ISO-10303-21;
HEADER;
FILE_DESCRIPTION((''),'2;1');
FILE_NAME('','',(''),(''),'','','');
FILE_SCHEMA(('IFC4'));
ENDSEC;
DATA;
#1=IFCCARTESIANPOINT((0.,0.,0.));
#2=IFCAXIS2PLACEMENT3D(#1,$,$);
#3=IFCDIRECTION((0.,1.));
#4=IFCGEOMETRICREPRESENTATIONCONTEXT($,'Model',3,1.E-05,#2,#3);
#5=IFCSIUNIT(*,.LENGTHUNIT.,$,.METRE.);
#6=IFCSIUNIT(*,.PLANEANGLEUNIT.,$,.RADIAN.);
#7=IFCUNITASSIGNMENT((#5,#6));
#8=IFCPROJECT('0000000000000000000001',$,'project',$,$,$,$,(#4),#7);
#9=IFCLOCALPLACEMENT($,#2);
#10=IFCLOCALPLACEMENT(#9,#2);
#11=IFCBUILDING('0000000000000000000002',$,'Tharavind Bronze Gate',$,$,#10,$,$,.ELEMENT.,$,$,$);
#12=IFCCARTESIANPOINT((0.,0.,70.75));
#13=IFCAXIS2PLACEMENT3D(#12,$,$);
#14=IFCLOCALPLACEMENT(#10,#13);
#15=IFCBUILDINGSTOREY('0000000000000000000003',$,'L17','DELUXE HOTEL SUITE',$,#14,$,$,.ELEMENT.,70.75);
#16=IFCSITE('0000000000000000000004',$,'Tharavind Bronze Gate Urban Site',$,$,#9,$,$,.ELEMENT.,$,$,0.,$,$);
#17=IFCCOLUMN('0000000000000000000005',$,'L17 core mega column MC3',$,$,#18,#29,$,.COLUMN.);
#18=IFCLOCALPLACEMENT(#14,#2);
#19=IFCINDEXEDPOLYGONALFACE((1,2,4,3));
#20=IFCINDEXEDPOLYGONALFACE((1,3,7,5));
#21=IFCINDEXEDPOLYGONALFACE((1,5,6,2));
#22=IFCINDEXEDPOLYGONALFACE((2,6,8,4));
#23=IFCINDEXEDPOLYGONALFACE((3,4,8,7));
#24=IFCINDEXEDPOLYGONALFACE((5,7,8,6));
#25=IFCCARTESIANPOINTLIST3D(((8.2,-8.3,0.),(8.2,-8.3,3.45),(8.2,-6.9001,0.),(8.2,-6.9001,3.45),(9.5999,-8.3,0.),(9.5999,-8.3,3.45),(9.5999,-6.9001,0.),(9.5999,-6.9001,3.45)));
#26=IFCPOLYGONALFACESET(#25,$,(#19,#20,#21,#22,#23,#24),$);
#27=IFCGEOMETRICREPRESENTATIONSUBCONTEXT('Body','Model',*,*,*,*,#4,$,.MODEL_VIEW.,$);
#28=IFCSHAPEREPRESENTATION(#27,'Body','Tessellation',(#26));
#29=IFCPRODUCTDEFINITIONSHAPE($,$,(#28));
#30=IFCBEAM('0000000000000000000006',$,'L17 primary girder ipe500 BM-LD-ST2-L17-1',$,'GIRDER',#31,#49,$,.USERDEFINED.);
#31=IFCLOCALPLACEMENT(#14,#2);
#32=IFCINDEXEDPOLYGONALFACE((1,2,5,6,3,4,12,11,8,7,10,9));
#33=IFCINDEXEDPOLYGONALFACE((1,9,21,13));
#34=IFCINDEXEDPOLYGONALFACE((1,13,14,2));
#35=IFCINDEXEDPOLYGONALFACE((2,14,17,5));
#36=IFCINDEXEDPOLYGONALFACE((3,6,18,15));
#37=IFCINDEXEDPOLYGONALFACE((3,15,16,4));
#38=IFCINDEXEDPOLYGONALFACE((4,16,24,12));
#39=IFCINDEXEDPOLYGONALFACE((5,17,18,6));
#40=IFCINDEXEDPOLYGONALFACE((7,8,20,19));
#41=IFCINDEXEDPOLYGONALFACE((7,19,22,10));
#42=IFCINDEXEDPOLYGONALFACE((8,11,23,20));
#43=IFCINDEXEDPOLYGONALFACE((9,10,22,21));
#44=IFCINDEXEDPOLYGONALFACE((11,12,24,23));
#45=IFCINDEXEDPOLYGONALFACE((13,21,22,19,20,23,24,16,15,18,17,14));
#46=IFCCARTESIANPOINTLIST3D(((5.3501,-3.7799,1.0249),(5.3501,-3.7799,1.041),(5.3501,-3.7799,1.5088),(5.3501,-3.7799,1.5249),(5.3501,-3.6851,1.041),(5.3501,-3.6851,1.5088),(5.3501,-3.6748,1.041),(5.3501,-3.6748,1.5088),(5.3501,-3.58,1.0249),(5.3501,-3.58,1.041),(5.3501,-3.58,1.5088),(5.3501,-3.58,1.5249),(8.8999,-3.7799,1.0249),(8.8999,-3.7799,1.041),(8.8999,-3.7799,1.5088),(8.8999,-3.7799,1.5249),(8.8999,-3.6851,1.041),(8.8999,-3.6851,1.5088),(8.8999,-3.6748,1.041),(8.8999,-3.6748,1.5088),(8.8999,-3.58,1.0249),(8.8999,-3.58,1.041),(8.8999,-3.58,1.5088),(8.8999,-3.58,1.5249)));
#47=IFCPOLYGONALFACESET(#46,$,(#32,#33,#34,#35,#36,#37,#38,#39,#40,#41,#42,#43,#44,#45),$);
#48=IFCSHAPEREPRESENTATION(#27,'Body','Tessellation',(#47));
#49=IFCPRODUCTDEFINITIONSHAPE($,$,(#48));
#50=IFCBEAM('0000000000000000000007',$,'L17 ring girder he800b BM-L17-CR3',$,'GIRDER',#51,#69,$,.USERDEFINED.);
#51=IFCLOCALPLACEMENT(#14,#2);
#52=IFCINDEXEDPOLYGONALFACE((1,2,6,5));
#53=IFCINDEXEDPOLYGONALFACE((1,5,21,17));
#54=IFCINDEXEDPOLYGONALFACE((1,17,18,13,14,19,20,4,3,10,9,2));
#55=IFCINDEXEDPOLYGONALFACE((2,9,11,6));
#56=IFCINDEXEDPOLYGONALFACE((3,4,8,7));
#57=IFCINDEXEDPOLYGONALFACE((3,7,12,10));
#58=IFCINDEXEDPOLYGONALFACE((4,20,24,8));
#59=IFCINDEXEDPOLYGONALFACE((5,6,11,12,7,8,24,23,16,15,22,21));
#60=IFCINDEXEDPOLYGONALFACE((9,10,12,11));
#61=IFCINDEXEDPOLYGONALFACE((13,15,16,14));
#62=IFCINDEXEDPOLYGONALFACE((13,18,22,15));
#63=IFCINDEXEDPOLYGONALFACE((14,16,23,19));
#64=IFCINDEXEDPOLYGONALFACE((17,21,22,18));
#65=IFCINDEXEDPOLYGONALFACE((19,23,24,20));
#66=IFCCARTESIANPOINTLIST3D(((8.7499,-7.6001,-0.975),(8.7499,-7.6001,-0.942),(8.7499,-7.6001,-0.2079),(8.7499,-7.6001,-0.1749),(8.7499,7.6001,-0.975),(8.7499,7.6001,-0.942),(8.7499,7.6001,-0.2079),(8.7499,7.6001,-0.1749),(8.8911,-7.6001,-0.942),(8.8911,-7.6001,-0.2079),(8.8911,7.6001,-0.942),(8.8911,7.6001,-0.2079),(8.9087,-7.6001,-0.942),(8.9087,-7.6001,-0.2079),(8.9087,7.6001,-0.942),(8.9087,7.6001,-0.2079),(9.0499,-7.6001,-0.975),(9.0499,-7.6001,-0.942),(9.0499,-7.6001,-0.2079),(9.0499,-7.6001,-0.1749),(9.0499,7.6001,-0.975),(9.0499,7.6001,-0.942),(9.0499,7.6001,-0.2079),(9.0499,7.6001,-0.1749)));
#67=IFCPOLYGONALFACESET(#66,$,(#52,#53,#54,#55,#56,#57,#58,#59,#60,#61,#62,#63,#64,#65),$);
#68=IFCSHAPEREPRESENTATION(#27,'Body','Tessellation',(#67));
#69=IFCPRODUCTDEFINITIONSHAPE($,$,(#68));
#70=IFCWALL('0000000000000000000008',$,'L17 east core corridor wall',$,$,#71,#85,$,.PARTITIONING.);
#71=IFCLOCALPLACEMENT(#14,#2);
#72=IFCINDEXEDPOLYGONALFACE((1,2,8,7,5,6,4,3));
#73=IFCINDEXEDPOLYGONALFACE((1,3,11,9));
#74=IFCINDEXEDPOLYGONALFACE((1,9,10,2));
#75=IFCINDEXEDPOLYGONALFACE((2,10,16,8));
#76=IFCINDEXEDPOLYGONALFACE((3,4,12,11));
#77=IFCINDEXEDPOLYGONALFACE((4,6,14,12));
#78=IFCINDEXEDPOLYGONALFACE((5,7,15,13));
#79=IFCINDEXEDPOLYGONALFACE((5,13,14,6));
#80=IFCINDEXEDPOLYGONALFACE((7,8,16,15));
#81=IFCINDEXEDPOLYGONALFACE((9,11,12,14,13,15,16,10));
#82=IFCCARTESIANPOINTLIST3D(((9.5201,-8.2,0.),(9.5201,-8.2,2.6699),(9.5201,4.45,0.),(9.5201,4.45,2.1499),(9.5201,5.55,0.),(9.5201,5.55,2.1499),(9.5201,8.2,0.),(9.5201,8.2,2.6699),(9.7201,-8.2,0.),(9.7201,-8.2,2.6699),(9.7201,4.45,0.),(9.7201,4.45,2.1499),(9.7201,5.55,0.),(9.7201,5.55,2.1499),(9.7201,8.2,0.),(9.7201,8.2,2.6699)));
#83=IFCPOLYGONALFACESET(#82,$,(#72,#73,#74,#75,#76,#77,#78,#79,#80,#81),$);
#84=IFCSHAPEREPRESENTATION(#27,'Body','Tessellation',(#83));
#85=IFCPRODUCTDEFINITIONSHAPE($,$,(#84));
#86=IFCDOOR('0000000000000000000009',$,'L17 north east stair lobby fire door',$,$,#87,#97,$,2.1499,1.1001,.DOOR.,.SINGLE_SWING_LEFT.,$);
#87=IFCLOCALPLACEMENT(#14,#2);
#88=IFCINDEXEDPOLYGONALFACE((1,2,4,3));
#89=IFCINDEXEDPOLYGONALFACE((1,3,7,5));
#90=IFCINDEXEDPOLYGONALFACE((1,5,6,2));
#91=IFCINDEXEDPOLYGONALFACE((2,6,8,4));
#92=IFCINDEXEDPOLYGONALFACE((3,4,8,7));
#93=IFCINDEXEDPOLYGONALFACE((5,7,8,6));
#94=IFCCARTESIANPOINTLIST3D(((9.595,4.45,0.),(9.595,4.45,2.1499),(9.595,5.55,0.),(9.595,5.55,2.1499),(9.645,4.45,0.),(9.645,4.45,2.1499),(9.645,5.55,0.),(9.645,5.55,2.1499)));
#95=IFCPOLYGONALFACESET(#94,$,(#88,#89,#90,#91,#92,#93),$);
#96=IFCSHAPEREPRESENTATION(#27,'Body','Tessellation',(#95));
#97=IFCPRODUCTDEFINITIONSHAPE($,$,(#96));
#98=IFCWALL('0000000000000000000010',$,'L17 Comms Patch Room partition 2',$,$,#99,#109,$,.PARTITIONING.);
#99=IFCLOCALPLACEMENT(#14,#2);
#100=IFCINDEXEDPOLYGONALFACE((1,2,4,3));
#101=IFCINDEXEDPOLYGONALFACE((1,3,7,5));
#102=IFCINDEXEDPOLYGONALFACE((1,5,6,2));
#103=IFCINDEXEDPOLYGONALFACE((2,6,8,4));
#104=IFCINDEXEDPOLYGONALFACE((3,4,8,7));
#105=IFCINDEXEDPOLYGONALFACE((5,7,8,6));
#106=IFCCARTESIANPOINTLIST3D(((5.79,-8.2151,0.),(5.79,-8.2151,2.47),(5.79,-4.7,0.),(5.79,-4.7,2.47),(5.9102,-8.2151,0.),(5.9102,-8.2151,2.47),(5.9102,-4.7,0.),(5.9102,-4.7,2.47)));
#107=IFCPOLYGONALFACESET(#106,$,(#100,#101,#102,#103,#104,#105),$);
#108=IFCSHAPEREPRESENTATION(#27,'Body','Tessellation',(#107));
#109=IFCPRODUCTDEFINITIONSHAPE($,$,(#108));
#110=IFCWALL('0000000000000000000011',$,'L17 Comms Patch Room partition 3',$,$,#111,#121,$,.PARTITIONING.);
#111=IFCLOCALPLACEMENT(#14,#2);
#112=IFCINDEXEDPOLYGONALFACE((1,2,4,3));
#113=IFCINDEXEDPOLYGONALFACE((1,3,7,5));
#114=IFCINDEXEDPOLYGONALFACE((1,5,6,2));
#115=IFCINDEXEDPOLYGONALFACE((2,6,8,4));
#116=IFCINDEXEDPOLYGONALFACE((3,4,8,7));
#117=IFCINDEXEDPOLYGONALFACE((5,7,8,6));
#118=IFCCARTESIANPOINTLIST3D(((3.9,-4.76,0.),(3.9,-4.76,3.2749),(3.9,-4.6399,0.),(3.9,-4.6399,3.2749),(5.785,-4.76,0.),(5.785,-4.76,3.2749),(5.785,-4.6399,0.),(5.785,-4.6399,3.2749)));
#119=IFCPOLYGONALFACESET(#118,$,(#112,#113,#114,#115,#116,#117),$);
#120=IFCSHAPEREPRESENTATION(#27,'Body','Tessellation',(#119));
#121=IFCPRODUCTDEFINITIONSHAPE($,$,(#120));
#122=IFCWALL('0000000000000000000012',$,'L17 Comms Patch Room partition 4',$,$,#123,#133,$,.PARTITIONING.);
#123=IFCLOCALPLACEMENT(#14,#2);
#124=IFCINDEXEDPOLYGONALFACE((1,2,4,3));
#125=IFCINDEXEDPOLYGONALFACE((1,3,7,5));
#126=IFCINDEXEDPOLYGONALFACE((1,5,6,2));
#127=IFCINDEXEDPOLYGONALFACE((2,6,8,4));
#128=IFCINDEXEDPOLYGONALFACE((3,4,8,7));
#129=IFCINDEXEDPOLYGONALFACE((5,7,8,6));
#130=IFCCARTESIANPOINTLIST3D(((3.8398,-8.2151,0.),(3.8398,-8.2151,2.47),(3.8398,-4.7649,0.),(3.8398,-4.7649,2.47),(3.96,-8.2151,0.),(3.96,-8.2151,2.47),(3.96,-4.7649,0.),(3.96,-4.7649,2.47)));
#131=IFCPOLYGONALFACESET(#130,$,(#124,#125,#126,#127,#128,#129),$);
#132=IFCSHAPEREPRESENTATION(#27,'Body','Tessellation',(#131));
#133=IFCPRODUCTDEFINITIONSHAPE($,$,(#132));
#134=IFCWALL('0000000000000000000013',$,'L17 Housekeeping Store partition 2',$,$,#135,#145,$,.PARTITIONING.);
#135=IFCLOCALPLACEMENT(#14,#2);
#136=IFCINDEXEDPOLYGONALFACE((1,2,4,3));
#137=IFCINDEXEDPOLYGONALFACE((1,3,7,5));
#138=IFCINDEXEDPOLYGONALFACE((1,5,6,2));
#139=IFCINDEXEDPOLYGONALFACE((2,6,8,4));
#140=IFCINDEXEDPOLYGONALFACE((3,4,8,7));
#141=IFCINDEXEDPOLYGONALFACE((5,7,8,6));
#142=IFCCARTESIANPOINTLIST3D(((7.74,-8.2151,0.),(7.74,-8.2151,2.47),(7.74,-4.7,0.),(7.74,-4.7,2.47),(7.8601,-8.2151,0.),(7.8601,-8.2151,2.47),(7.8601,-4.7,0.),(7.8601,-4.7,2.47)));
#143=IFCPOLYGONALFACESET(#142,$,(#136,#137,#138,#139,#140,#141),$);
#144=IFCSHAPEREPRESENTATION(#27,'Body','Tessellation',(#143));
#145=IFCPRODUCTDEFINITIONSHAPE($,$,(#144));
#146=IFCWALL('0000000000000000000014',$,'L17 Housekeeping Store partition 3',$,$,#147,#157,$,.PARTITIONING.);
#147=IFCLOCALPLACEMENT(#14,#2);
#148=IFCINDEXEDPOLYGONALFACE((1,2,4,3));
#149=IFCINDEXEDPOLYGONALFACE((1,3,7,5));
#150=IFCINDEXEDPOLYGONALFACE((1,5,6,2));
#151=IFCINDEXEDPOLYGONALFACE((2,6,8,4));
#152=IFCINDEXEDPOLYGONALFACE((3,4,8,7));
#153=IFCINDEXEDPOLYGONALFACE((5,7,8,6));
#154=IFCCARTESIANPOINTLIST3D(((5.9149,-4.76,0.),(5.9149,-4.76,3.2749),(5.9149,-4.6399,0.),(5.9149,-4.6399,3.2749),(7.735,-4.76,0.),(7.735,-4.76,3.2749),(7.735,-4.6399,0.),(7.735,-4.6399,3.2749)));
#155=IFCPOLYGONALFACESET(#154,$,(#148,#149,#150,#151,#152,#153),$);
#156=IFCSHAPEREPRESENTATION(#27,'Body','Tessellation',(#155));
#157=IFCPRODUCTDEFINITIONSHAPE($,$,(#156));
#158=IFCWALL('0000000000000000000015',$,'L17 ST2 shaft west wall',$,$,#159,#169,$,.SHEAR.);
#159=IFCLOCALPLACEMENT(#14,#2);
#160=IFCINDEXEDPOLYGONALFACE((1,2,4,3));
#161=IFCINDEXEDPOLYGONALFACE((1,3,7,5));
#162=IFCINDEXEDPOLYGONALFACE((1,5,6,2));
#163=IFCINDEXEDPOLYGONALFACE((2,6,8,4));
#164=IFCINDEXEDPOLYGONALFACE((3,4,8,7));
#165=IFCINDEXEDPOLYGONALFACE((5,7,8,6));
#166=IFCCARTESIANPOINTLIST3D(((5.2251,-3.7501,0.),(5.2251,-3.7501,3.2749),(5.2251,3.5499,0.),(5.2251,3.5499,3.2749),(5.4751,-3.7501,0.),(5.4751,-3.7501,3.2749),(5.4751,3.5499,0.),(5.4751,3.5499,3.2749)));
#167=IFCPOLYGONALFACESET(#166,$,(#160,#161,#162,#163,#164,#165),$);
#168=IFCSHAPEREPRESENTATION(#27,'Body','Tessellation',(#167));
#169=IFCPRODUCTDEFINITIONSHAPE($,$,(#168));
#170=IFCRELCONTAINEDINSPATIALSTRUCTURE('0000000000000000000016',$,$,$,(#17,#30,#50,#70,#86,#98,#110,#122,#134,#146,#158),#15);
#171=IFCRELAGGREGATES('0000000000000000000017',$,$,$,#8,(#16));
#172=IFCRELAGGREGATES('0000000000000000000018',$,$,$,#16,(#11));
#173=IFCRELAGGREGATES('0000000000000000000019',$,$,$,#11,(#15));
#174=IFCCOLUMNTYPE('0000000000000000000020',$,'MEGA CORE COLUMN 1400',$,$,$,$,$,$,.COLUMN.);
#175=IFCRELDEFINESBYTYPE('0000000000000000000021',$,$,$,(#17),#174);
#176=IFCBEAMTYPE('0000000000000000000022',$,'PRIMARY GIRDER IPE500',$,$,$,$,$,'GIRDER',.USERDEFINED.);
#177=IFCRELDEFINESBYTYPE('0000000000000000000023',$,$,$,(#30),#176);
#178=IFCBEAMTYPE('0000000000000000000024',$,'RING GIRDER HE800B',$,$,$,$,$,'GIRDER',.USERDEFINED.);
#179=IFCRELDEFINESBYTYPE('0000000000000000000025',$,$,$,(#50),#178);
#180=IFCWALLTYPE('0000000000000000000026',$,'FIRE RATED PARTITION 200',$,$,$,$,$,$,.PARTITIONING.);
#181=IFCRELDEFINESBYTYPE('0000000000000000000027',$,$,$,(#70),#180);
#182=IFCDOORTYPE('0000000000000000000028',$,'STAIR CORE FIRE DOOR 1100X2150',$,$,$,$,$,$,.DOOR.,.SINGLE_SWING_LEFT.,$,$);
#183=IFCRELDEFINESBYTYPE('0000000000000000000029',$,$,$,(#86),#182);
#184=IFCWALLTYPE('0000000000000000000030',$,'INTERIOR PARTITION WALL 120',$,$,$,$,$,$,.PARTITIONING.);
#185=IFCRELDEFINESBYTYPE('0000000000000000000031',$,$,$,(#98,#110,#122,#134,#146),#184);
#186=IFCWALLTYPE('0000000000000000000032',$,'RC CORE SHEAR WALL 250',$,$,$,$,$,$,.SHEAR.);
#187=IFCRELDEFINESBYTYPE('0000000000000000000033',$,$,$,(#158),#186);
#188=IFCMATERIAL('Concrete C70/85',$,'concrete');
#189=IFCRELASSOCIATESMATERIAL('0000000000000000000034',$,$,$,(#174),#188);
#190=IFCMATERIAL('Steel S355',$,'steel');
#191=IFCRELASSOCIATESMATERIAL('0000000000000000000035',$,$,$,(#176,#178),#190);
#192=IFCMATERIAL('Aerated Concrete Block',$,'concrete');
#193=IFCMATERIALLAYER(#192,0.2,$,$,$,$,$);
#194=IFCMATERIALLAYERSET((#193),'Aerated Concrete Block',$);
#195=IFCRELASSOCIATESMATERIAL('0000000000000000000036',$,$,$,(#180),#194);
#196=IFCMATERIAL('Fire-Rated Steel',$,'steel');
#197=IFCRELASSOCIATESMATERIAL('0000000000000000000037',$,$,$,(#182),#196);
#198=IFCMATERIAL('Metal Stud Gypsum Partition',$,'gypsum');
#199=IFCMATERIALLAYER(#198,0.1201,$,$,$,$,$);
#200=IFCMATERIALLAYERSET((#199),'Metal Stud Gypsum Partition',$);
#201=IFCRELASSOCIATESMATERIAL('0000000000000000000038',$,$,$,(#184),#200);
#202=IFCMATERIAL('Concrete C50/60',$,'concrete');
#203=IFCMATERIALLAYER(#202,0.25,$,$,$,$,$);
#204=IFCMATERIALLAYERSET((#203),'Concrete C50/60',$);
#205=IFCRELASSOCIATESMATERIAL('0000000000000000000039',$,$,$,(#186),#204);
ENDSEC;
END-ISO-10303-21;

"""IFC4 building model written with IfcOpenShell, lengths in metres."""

from ifc_helpers import new_model, si_unit, direction, frame, frame_2d, origin, origin_2d, place, context, subcontext, project, spatial, rectangle, i_section, extrude, material, layer, layer_set, material_profile, profile_set, type_object, element, fill, save


model = new_model("IFC4")

# Units and contexts
model_context = context("Model", 3, precision=1e-05, world=origin(), true_north=direction((0.0, 1.0)))
body_context = subcontext(model_context, "Body", "Model", "MODEL_VIEW")
ifc_project = project(units=[si_unit("LENGTHUNIT", "METRE"), si_unit("PLANEANGLEUNIT", "RADIAN")], contexts=[model_context])

# Site, building, storey
site_placement = place(None, origin())
site = spatial("IfcSite", under=ifc_project, at=site_placement, Name="Tharavind Bronze Gate Urban Site", CompositionType="ELEMENT", RefElevation=0.0)
building_placement = place(site_placement, origin())
building = spatial("IfcBuilding", under=site, at=building_placement, Name="Tharavind Bronze Gate", CompositionType="ELEMENT")
storey_placement = place(building_placement, frame((0.0, 0.0, 70.75)))
storey = spatial("IfcBuildingStorey", under=building, at=storey_placement, Name="L17", Description="DELUXE HOTEL SUITE", CompositionType="ELEMENT", Elevation=70.75)

# Column
ifc_material_1 = material(Name="Concrete C70/85", Category="concrete")
ifc_material_profile_1 = material_profile(ifc_material_1, rectangle(XDim=1.3999, YDim=1.3999, at=origin_2d()), Name="RCCOL1400")
ifc_profile_set_1 = profile_set([ifc_material_profile_1], Name="Concrete C70/85")
column_type = type_object("IfcColumnType", Name="MEGA CORE COLUMN 1400", PredefinedType="COLUMN", material=ifc_profile_set_1)
column_placement = place(storey_placement, frame((8.8999, -7.6001, 0.0), z_axis=(0.0, 0.0, 1.0), x_axis=(1.0, 0.0, 0.0)))
element("IfcColumn", 1, at=column_placement, inside=storey, type_object=column_type, Name="L17 core mega column MC3", PredefinedType="COLUMN", context=body_context, shape_type="SweptSolid", body=[
    extrude(rectangle(XDim=1.3999, YDim=1.3999, at=origin_2d()), origin(), (0.0, 0.0, 1.0), 3.45),
])

# Beams
ifc_material_2 = material(Name="Steel S355", Category="steel")
ifc_material_profile_2 = material_profile(ifc_material_2, i_section(OverallWidth=0.2, OverallDepth=0.5, WebThickness=0.0103, FlangeThickness=0.0161, at=origin_2d()), Name="IPE500")
ifc_profile_set_2 = profile_set([ifc_material_profile_2], Name="Steel S355")
beam_type_1 = type_object("IfcBeamType", Name="PRIMARY GIRDER IPE500", ElementType="GIRDER", PredefinedType="USERDEFINED", material=ifc_profile_set_2)
beam_1_placement = place(storey_placement, frame((5.3501, -3.6799, 1.2749), z_axis=(1.0, 0.0, 0.0), x_axis=(0.0, 1.0, 0.0)))
element("IfcBeam", 2, at=beam_1_placement, inside=storey, type_object=beam_type_1, Name="L17 primary girder ipe500 BM-LD-ST2-L17-1", ObjectType="GIRDER", PredefinedType="USERDEFINED", context=body_context, shape_type="SweptSolid", body=[
    extrude(i_section(OverallWidth=0.2, OverallDepth=0.5, WebThickness=0.0103, FlangeThickness=0.0161, at=origin_2d()), origin(), (0.0, 0.0, 1.0), 3.5498),
])
ifc_material_profile_3 = material_profile(ifc_material_2, i_section(OverallWidth=0.3, OverallDepth=0.8, WebThickness=0.0176, FlangeThickness=0.033, at=origin_2d()), Name="HE800B")
ifc_profile_set_3 = profile_set([ifc_material_profile_3], Name="Steel S355")
beam_type_2 = type_object("IfcBeamType", Name="RING GIRDER HE800B", ElementType="GIRDER", PredefinedType="USERDEFINED", material=ifc_profile_set_3)
beam_2_placement = place(storey_placement, frame((8.8999, -7.6001, -0.575), z_axis=(0.0, 1.0, 0.0), x_axis=(-1.0, 0.0, 0.0)))
element("IfcBeam", 3, at=beam_2_placement, inside=storey, type_object=beam_type_2, Name="L17 ring girder he800b BM-L17-CR3", ObjectType="GIRDER", PredefinedType="USERDEFINED", context=body_context, shape_type="SweptSolid", body=[
    extrude(i_section(OverallWidth=0.3, OverallDepth=0.8, WebThickness=0.0176, FlangeThickness=0.033, at=origin_2d()), origin(), (0.0, 0.0, 1.0), 15.2002),
])

# Wall, opening, door
ifc_material_3 = material(Name="Aerated Concrete Block", Category="concrete")
ifc_layer_1 = layer(ifc_material_3, 0.2)
ifc_layer_set_1 = layer_set([ifc_layer_1], Name="Aerated Concrete Block")
wall_type_1 = type_object("IfcWallType", Name="FIRE RATED PARTITION 200", PredefinedType="PARTITIONING", material=ifc_layer_set_1)
wall_1_placement = place(storey_placement, frame((9.6201, -8.2, 0.0), z_axis=(0.0, 0.0, 1.0), x_axis=(0.0, 1.0, 0.0)))
wall_1 = element("IfcWall", 4, at=wall_1_placement, inside=storey, type_object=wall_type_1, Name="L17 east core corridor wall", PredefinedType="PARTITIONING", context=body_context, shape_type="SweptSolid", body=[
    extrude(rectangle(XDim=16.3999, YDim=0.2, at=frame_2d((8.2, 0.0))), origin(), (0.0, 0.0, 1.0), 2.6699),
])
opening_1_placement = place(wall_1_placement, frame((12.6499, 0.0, 0.0)))
opening_1 = element("IfcOpeningElement", 5, at=opening_1_placement, cuts=wall_1, PredefinedType="OPENING", context=body_context, shape_type="SweptSolid", body=[
    extrude(rectangle(XDim=1.1001, YDim=2.1499, at=frame_2d((0.55, 1.075))), frame((0.0, 0.1101, 0.0), z_axis=(0.0, -1.0, 0.0), x_axis=(1.0, 0.0, 0.0)), (0.0, 0.0, 1.0), 0.22),
])
ifc_material_4 = material(Name="Fire-Rated Steel", Category="steel")
door_type_1 = type_object("IfcDoorType", Name="STAIR CORE FIRE DOOR 1100X2150", OperationType="SINGLE_SWING_LEFT", PredefinedType="DOOR", material=ifc_material_4)
door_1_placement = place(opening_1_placement, frame((1.1001, 0.0, 0.0), z_axis=(0.0, 0.0, 1.0), x_axis=(-1.0, 0.0, 0.0)))
door_1 = element("IfcDoor", 6, at=door_1_placement, inside=storey, type_object=door_type_1, Name="L17 north east stair lobby fire door", OperationType="SINGLE_SWING_LEFT", OverallHeight=2.1499, OverallWidth=1.1001, PredefinedType="DOOR", context=body_context, shape_type="SweptSolid", body=[
    extrude(rectangle(XDim=1.1001, YDim=2.1499, at=frame_2d((0.55, 1.075))), frame((0.0, 0.0249, 0.0), z_axis=(0.0, -1.0, 0.0), x_axis=(1.0, 0.0, 0.0)), (0.0, 0.0, 1.0), 0.05),
])
fill(opening_1, door_1)

# Walls
ifc_material_5 = material(Name="Metal Stud Gypsum Partition", Category="gypsum")
ifc_layer_2 = layer(ifc_material_5, 0.1201)
ifc_layer_set_2 = layer_set([ifc_layer_2], Name="Metal Stud Gypsum Partition")
wall_type_2 = type_object("IfcWallType", Name="INTERIOR PARTITION WALL 120", PredefinedType="PARTITIONING", material=ifc_layer_set_2)
wall_2_placement = place(storey_placement, frame((5.8501, -8.2151, 0.0), z_axis=(0.0, 0.0, 1.0), x_axis=(0.0, 1.0, 0.0)))
element("IfcWall", 7, at=wall_2_placement, inside=storey, type_object=wall_type_2, Name="L17 Comms Patch Room partition 2", PredefinedType="PARTITIONING", context=body_context, shape_type="SweptSolid", body=[
    extrude(rectangle(XDim=3.5151, YDim=0.1201, at=frame_2d((1.7576, 0.0))), origin(), (0.0, 0.0, 1.0), 2.47),
])
wall_3_placement = place(storey_placement, frame((5.7849, -4.7, 0.0), z_axis=(0.0, 0.0, 1.0), x_axis=(-1.0, 0.0, 0.0)))
element("IfcWall", 8, at=wall_3_placement, inside=storey, type_object=wall_type_2, Name="L17 Comms Patch Room partition 3", PredefinedType="PARTITIONING", context=body_context, shape_type="SweptSolid", body=[
    extrude(rectangle(XDim=1.885, YDim=0.1201, at=frame_2d((0.9424, 0.0))), origin(), (0.0, 0.0, 1.0), 3.2749),
])
wall_4_placement = place(storey_placement, frame((3.8999, -4.7649, 0.0), z_axis=(0.0, 0.0, 1.0), x_axis=(0.0, -1.0, 0.0)))
element("IfcWall", 9, at=wall_4_placement, inside=storey, type_object=wall_type_2, Name="L17 Comms Patch Room partition 4", PredefinedType="PARTITIONING", context=body_context, shape_type="SweptSolid", body=[
    extrude(rectangle(XDim=3.4502, YDim=0.1201, at=frame_2d((1.7251, 0.0))), origin(), (0.0, 0.0, 1.0), 2.47),
])
wall_5_placement = place(storey_placement, frame((7.8, -8.2151, 0.0), z_axis=(0.0, 0.0, 1.0), x_axis=(0.0, 1.0, 0.0)))
element("IfcWall", 10, at=wall_5_placement, inside=storey, type_object=wall_type_2, Name="L17 Housekeeping Store partition 2", PredefinedType="PARTITIONING", context=body_context, shape_type="SweptSolid", body=[
    extrude(rectangle(XDim=3.5151, YDim=0.1201, at=frame_2d((1.7576, 0.0))), origin(), (0.0, 0.0, 1.0), 2.47),
])
wall_6_placement = place(storey_placement, frame((7.7351, -4.7, 0.0), z_axis=(0.0, 0.0, 1.0), x_axis=(-1.0, 0.0, 0.0)))
element("IfcWall", 11, at=wall_6_placement, inside=storey, type_object=wall_type_2, Name="L17 Housekeeping Store partition 3", PredefinedType="PARTITIONING", context=body_context, shape_type="SweptSolid", body=[
    extrude(rectangle(XDim=1.8201, YDim=0.1201, at=frame_2d((0.9102, 0.0))), origin(), (0.0, 0.0, 1.0), 3.2749),
])
ifc_material_6 = material(Name="Concrete C50/60", Category="concrete")
ifc_layer_3 = layer(ifc_material_6, 0.25)
ifc_layer_set_3 = layer_set([ifc_layer_3], Name="Concrete C50/60")
wall_type_3 = type_object("IfcWallType", Name="RC CORE SHEAR WALL 250", PredefinedType="SHEAR", material=ifc_layer_set_3)
wall_7_placement = place(storey_placement, frame((5.3501, -3.75, 0.0), z_axis=(0.0, 0.0, 1.0), x_axis=(0.0, 1.0, 0.0)))
element("IfcWall", 12, at=wall_7_placement, inside=storey, type_object=wall_type_3, Name="L17 ST2 shaft west wall", PredefinedType="SHEAR", context=body_context, shape_type="SweptSolid", body=[
    extrude(rectangle(XDim=7.3, YDim=0.25, at=frame_2d((3.6499, 0.0))), origin(), (0.0, 0.0, 1.0), 3.2749),
])

save(model, "model.ifc")
